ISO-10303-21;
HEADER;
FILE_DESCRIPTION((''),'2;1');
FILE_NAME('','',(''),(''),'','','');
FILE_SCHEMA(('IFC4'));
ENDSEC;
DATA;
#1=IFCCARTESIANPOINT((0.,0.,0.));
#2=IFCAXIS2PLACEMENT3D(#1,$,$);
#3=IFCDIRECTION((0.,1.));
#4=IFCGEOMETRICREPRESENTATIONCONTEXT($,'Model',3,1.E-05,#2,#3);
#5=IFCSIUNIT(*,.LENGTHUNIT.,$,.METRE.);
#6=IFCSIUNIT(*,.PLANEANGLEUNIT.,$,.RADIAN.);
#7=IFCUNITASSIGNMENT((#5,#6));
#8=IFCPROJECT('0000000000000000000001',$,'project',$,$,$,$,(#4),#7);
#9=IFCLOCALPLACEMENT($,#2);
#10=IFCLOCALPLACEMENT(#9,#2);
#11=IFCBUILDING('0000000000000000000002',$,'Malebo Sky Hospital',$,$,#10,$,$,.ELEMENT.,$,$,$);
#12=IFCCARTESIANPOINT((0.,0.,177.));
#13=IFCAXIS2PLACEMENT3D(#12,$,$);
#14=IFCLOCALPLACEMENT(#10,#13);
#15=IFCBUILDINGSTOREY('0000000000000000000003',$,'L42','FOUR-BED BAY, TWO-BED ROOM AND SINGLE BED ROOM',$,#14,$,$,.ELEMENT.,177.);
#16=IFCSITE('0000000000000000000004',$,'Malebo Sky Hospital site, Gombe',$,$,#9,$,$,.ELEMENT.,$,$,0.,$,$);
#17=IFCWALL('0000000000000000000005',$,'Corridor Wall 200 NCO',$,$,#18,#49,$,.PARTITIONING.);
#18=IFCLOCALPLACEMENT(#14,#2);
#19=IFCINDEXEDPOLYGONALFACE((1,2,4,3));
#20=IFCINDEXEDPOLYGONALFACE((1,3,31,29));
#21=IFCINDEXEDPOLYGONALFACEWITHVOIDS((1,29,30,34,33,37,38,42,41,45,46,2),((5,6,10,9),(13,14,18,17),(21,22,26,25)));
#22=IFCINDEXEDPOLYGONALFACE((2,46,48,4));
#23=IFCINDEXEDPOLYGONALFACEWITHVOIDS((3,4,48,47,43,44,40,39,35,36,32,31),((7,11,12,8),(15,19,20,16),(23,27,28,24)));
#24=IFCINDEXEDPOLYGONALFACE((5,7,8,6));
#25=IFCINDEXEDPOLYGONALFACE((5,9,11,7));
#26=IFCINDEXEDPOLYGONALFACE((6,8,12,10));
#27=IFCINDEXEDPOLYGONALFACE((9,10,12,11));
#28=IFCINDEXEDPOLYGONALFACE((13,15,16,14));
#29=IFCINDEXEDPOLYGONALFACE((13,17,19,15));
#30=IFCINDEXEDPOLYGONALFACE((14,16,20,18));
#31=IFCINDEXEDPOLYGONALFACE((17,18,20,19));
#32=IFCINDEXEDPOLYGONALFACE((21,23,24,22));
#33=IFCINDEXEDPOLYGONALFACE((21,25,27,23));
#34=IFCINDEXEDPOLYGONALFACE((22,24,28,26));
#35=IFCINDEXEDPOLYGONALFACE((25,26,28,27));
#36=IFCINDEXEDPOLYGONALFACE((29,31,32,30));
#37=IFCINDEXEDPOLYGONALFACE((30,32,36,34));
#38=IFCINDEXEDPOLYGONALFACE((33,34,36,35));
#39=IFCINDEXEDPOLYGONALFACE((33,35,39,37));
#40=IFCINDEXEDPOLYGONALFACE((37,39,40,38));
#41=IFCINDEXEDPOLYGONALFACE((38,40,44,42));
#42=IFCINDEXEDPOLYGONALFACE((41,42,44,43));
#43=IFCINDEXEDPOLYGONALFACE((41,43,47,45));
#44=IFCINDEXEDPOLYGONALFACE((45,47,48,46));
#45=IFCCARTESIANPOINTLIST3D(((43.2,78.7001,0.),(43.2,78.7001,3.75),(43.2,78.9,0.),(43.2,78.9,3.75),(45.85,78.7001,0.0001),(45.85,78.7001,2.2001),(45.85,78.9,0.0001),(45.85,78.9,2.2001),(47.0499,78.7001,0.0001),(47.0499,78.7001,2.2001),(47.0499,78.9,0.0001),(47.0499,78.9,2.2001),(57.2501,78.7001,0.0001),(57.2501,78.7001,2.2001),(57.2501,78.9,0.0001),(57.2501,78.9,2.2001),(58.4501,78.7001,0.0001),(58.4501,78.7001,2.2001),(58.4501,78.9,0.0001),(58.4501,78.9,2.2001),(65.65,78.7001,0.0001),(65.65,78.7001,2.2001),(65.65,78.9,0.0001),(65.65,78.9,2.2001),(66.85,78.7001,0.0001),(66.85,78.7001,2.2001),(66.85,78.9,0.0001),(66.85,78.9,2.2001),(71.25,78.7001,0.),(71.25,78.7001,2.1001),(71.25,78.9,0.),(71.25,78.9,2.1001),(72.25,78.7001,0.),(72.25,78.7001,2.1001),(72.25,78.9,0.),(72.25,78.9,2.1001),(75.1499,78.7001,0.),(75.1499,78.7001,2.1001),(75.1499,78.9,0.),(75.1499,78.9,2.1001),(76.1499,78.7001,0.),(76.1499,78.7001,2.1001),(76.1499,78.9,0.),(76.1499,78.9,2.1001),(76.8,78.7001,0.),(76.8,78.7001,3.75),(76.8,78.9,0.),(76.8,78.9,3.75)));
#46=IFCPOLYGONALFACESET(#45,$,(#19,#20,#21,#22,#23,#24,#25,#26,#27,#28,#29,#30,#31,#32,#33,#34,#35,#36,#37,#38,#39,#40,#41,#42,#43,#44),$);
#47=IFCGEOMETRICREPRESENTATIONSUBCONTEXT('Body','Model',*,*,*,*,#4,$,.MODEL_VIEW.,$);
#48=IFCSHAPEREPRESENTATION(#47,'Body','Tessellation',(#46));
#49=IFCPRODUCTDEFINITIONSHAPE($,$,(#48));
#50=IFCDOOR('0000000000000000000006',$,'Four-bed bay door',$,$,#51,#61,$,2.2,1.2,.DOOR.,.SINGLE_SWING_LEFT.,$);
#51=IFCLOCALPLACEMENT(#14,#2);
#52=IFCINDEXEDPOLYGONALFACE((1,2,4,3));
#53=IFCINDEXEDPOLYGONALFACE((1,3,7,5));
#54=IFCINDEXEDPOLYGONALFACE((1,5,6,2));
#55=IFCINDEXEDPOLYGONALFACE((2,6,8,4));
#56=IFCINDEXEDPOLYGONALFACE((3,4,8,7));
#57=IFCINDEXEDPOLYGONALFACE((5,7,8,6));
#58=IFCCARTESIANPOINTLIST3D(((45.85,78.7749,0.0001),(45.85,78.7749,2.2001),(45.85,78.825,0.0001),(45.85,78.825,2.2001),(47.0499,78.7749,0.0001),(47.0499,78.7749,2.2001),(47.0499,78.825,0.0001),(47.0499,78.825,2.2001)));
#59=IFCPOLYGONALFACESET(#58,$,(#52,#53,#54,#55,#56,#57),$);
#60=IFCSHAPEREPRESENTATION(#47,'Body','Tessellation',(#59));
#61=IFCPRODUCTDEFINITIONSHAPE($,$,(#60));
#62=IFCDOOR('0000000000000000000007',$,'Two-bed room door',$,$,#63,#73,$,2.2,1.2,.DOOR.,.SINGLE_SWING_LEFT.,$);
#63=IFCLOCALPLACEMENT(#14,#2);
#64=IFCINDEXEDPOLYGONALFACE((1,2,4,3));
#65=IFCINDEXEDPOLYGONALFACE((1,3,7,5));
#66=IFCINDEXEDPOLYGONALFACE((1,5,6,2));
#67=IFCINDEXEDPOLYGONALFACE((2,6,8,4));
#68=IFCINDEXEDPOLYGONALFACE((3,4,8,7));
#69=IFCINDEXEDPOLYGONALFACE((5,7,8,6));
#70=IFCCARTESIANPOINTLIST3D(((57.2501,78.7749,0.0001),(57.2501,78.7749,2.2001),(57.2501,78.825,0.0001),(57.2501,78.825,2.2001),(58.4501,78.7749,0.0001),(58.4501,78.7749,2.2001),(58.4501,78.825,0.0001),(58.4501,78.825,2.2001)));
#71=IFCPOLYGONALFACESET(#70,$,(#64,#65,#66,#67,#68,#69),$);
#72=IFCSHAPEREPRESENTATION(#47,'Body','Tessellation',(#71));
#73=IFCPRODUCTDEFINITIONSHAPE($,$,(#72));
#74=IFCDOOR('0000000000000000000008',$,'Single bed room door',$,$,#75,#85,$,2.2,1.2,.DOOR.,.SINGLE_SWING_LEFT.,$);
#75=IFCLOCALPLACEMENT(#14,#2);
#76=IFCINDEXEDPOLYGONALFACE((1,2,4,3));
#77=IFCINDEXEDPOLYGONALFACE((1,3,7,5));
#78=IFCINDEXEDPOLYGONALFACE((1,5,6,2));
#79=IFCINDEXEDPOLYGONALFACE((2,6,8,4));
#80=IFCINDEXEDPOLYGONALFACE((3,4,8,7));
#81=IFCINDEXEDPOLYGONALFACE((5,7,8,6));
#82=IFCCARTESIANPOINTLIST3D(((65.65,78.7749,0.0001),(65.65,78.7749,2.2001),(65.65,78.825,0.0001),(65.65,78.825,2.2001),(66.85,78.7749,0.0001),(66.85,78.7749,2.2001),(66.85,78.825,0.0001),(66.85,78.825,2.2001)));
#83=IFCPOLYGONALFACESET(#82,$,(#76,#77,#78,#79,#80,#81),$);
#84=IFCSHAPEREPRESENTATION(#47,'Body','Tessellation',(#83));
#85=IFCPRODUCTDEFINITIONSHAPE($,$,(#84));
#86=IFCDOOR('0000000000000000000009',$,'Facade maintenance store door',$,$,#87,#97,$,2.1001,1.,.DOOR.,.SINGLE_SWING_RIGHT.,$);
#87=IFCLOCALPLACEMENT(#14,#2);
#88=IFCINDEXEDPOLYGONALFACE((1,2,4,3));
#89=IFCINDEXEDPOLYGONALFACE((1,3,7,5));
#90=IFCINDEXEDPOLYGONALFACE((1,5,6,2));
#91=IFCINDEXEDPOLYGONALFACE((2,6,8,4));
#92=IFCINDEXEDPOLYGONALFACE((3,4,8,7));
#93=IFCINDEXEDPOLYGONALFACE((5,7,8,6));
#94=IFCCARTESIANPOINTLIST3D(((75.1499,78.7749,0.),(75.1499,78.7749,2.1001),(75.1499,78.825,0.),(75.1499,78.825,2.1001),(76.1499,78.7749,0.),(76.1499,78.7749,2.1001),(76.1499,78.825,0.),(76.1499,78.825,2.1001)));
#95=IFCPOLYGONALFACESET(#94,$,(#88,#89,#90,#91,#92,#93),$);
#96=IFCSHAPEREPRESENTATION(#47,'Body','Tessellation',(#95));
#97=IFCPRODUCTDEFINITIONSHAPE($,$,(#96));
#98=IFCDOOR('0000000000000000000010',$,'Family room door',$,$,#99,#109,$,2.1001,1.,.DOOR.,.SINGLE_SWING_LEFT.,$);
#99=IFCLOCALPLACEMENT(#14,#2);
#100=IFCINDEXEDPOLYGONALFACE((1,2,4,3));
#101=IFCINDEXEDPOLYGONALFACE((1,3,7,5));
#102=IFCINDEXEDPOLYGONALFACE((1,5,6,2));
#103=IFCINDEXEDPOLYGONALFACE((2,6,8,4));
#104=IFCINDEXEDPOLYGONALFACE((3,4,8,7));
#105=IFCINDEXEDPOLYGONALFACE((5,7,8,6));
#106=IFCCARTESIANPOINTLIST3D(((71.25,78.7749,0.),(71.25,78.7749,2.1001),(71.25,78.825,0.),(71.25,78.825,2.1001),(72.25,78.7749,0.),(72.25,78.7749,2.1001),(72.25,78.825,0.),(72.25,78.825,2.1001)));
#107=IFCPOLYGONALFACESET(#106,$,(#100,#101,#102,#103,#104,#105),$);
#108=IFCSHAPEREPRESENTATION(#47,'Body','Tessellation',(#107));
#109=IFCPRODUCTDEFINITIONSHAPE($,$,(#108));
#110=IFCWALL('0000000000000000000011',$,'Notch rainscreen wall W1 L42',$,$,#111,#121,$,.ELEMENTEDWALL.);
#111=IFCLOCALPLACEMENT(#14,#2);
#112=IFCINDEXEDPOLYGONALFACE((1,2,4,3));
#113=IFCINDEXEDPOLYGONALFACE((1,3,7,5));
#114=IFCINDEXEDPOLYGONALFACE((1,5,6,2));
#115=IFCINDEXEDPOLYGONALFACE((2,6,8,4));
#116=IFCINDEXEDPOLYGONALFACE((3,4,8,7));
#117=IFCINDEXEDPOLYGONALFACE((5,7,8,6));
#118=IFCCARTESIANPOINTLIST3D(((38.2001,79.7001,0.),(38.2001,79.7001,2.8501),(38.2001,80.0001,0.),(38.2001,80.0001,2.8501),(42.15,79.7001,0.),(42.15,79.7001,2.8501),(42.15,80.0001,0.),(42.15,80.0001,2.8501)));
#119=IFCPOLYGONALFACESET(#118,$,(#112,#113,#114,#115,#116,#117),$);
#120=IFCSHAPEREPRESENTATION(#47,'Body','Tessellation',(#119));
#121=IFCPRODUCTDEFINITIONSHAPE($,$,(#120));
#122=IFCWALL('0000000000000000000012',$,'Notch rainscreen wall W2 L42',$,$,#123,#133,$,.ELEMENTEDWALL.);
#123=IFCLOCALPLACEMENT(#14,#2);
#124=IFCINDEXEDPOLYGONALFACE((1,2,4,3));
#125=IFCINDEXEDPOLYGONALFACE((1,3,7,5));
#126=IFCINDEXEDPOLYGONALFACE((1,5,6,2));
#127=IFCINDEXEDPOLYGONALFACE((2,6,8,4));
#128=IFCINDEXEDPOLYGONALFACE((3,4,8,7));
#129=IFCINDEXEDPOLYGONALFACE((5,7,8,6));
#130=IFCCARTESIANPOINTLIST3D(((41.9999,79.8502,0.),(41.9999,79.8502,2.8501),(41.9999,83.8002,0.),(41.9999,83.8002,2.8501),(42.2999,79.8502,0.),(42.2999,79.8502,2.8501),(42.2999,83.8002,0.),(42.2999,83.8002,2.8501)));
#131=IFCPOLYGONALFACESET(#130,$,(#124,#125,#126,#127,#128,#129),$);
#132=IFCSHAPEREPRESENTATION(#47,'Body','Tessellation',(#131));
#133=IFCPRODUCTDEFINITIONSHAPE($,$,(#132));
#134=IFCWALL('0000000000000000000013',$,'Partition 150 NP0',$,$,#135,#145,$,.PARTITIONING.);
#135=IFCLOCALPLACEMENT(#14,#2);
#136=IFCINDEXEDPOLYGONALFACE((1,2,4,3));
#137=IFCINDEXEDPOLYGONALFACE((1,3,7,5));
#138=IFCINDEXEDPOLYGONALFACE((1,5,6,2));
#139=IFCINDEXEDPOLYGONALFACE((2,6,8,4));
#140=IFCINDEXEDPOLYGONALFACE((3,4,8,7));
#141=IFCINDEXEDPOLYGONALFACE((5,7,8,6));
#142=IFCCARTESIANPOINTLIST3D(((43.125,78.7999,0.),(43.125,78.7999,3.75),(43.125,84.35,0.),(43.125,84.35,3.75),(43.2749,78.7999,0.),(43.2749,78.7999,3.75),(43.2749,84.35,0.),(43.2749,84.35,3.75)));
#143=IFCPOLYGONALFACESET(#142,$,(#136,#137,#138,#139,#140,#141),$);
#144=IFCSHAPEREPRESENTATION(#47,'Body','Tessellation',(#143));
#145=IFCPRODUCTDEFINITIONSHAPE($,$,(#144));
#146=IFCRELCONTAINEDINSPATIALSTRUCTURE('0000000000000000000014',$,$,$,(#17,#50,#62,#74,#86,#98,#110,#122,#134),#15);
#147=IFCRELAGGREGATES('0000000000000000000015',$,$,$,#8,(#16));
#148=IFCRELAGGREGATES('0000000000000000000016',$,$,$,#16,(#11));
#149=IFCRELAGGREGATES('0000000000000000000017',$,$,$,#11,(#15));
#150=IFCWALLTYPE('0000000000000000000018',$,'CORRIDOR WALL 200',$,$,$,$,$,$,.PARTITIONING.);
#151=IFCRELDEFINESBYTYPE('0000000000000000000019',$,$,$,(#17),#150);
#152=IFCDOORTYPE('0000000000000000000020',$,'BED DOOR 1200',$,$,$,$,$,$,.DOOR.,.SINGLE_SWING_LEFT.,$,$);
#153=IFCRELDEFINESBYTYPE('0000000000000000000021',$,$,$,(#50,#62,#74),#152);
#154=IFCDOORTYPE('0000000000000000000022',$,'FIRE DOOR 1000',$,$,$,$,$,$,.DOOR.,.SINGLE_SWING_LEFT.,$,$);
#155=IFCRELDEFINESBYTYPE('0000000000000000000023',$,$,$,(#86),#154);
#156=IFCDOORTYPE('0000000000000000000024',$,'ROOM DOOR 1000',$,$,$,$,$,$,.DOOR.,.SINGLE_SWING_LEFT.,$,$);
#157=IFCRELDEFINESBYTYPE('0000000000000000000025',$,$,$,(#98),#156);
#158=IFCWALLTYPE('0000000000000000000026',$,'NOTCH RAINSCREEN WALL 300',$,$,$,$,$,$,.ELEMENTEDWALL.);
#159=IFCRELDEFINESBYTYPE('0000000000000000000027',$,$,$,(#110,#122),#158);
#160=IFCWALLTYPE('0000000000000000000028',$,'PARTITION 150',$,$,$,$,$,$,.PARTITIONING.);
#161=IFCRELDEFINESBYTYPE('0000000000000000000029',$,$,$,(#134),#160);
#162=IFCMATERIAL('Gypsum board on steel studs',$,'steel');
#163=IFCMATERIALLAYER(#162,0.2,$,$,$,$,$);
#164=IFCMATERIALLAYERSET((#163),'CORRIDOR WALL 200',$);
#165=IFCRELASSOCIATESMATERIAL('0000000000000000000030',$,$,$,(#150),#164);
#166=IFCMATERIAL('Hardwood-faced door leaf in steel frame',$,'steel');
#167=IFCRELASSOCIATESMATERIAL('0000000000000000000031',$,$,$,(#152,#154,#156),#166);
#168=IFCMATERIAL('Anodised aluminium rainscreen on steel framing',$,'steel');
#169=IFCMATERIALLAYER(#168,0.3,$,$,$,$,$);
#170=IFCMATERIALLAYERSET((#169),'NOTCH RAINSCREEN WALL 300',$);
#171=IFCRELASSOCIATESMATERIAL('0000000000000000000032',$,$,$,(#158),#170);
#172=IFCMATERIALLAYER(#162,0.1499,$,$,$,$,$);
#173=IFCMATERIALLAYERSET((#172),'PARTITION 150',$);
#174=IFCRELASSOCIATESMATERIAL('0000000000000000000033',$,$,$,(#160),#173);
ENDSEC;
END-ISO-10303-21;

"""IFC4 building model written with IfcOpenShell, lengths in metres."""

from ifc_helpers import new_model, si_unit, direction, frame, frame_2d, origin, place, context, subcontext, project, spatial, rectangle, extrude, material, layer, layer_set, type_object, element, fill, save


model = new_model("IFC4")

# Units and contexts
model_context = context("Model", 3, precision=1e-05, world=origin(), true_north=direction((0.0, 1.0)))
body_context = subcontext(model_context, "Body", "Model", "MODEL_VIEW")
ifc_project = project(units=[si_unit("LENGTHUNIT", "METRE"), si_unit("PLANEANGLEUNIT", "RADIAN")], contexts=[model_context])

# Site, building, storey
site_placement = place(None, origin())
site = spatial("IfcSite", under=ifc_project, at=site_placement, Name="Malebo Sky Hospital site, Gombe", CompositionType="ELEMENT", RefElevation=0.0)
building_placement = place(site_placement, origin())
building = spatial("IfcBuilding", under=site, at=building_placement, Name="Malebo Sky Hospital", CompositionType="ELEMENT")
storey_placement = place(building_placement, frame((0.0, 0.0, 177.0)))
storey = spatial("IfcBuildingStorey", under=building, at=storey_placement, Name="L42", Description="FOUR-BED BAY, TWO-BED ROOM AND SINGLE BED ROOM", CompositionType="ELEMENT", Elevation=177.0)

# Wall, openings, doors
ifc_material_1 = material(Name="Gypsum board on steel studs", Category="steel")
ifc_layer_1 = layer(ifc_material_1, 0.2)
ifc_layer_set_1 = layer_set([ifc_layer_1], Name="CORRIDOR WALL 200")
wall_type_1 = type_object("IfcWallType", Name="CORRIDOR WALL 200", PredefinedType="PARTITIONING", material=ifc_layer_set_1)
wall_1_placement = place(storey_placement, frame((43.2, 78.8, 0.0), z_axis=(0.0, 0.0, 1.0), x_axis=(1.0, 0.0, 0.0)))
wall_1 = element("IfcWall", 1, at=wall_1_placement, inside=storey, type_object=wall_type_1, Name="Corridor Wall 200 NCO", PredefinedType="PARTITIONING", context=body_context, shape_type="SweptSolid", body=[
    extrude(rectangle(XDim=33.6001, YDim=0.2, at=frame_2d((16.8, 0.0))), origin(), (0.0, 0.0, 1.0), 3.75),
])
opening_1_placement = place(wall_1_placement, frame((2.6499, 0.0, 0.0)))
opening_1 = element("IfcOpeningElement", 2, at=opening_1_placement, cuts=wall_1, PredefinedType="OPENING", context=body_context, shape_type="SweptSolid", body=[
    extrude(rectangle(XDim=1.2, YDim=2.2, at=frame_2d((0.6001, 1.1001))), frame((0.0, 0.1099, 0.0), z_axis=(0.0, -1.0, 0.0), x_axis=(1.0, 0.0, 0.0)), (0.0, 0.0, 1.0), 0.22),
])
opening_2_placement = place(wall_1_placement, frame((14.05, 0.0, 0.0)))
opening_2 = element("IfcOpeningElement", 3, at=opening_2_placement, cuts=wall_1, PredefinedType="OPENING", context=body_context, shape_type="SweptSolid", body=[
    extrude(rectangle(XDim=1.2, YDim=2.2, at=frame_2d((0.6001, 1.1001))), frame((0.0, 0.1099, 0.0), z_axis=(0.0, -1.0, 0.0), x_axis=(1.0, 0.0, 0.0)), (0.0, 0.0, 1.0), 0.22),
])
opening_3_placement = place(wall_1_placement, frame((22.45, 0.0, 0.0)))
opening_3 = element("IfcOpeningElement", 4, at=opening_3_placement, cuts=wall_1, PredefinedType="OPENING", context=body_context, shape_type="SweptSolid", body=[
    extrude(rectangle(XDim=1.2, YDim=2.2, at=frame_2d((0.6001, 1.1001))), frame((0.0, 0.1099, 0.0), z_axis=(0.0, -1.0, 0.0), x_axis=(1.0, 0.0, 0.0)), (0.0, 0.0, 1.0), 0.22),
])
opening_4_placement = place(wall_1_placement, frame((28.05, 0.0, 0.0)))
opening_4 = element("IfcOpeningElement", 5, at=opening_4_placement, cuts=wall_1, PredefinedType="OPENING", context=body_context, shape_type="SweptSolid", body=[
    extrude(rectangle(XDim=1.0, YDim=2.1001, at=frame_2d((0.5, 1.05))), frame((0.0, 0.1099, 0.0), z_axis=(0.0, -1.0, 0.0), x_axis=(1.0, 0.0, 0.0)), (0.0, 0.0, 1.0), 0.22),
])
opening_5_placement = place(wall_1_placement, frame((31.95, 0.0, 0.0)))
opening_5 = element("IfcOpeningElement", 6, at=opening_5_placement, cuts=wall_1, PredefinedType="OPENING", context=body_context, shape_type="SweptSolid", body=[
    extrude(rectangle(XDim=1.0, YDim=2.1001, at=frame_2d((0.5, 1.05))), frame((0.0, 0.1099, 0.0), z_axis=(0.0, -1.0, 0.0), x_axis=(1.0, 0.0, 0.0)), (0.0, 0.0, 1.0), 0.22),
])
ifc_material_2 = material(Name="Hardwood-faced door leaf in steel frame", Category="steel")
door_type_1 = type_object("IfcDoorType", Name="BED DOOR 1200", OperationType="SINGLE_SWING_LEFT", PredefinedType="DOOR", material=ifc_material_2)
door_1_placement = place(opening_1_placement, origin())
door_1 = element("IfcDoor", 7, at=door_1_placement, inside=storey, type_object=door_type_1, Name="Four-bed bay door", OperationType="SINGLE_SWING_LEFT", OverallHeight=2.2, OverallWidth=1.2, PredefinedType="DOOR", context=body_context, shape_type="SweptSolid", body=[
    extrude(rectangle(XDim=1.2, YDim=2.2, at=frame_2d((0.6001, 1.1001))), frame((0.0, 0.0249, 0.0), z_axis=(0.0, -1.0, 0.0), x_axis=(1.0, 0.0, 0.0)), (0.0, 0.0, 1.0), 0.05),
])
fill(opening_1, door_1)
door_2_placement = place(opening_2_placement, origin())
door_2 = element("IfcDoor", 8, at=door_2_placement, inside=storey, type_object=door_type_1, Name="Two-bed room door", OperationType="SINGLE_SWING_LEFT", OverallHeight=2.2, OverallWidth=1.2, PredefinedType="DOOR", context=body_context, shape_type="SweptSolid", body=[
    extrude(rectangle(XDim=1.2, YDim=2.2, at=frame_2d((0.6001, 1.1001))), frame((0.0, 0.0249, 0.0), z_axis=(0.0, -1.0, 0.0), x_axis=(1.0, 0.0, 0.0)), (0.0, 0.0, 1.0), 0.05),
])
fill(opening_2, door_2)
door_3_placement = place(opening_3_placement, origin())
door_3 = element("IfcDoor", 9, at=door_3_placement, inside=storey, type_object=door_type_1, Name="Single bed room door", OperationType="SINGLE_SWING_LEFT", OverallHeight=2.2, OverallWidth=1.2, PredefinedType="DOOR", context=body_context, shape_type="SweptSolid", body=[
    extrude(rectangle(XDim=1.2, YDim=2.2, at=frame_2d((0.6001, 1.1001))), frame((0.0, 0.0249, 0.0), z_axis=(0.0, -1.0, 0.0), x_axis=(1.0, 0.0, 0.0)), (0.0, 0.0, 1.0), 0.05),
])
fill(opening_3, door_3)
door_type_2 = type_object("IfcDoorType", Name="FIRE DOOR 1000", OperationType="SINGLE_SWING_LEFT", PredefinedType="DOOR", material=ifc_material_2)
door_4_placement = place(opening_5_placement, origin())
door_4 = element("IfcDoor", 10, at=door_4_placement, inside=storey, type_object=door_type_2, Name="Facade maintenance store door", OperationType="SINGLE_SWING_RIGHT", OverallHeight=2.1001, OverallWidth=1.0, PredefinedType="DOOR", context=body_context, shape_type="SweptSolid", body=[
    extrude(rectangle(XDim=1.0, YDim=2.1001, at=frame_2d((0.5, 1.05))), frame((0.0, 0.0249, 0.0), z_axis=(0.0, -1.0, 0.0), x_axis=(1.0, 0.0, 0.0)), (0.0, 0.0, 1.0), 0.05),
])
fill(opening_5, door_4)
door_type_3 = type_object("IfcDoorType", Name="ROOM DOOR 1000", OperationType="SINGLE_SWING_LEFT", PredefinedType="DOOR", material=ifc_material_2)
door_5_placement = place(opening_4_placement, origin())
door_5 = element("IfcDoor", 11, at=door_5_placement, inside=storey, type_object=door_type_3, Name="Family room door", OperationType="SINGLE_SWING_LEFT", OverallHeight=2.1001, OverallWidth=1.0, PredefinedType="DOOR", context=body_context, shape_type="SweptSolid", body=[
    extrude(rectangle(XDim=1.0, YDim=2.1001, at=frame_2d((0.5, 1.05))), frame((0.0, 0.0249, 0.0), z_axis=(0.0, -1.0, 0.0), x_axis=(1.0, 0.0, 0.0)), (0.0, 0.0, 1.0), 0.05),
])
fill(opening_4, door_5)

# Walls
ifc_material_3 = material(Name="Anodised aluminium rainscreen on steel framing", Category="steel")
ifc_layer_2 = layer(ifc_material_3, 0.3)
ifc_layer_set_2 = layer_set([ifc_layer_2], Name="NOTCH RAINSCREEN WALL 300")
wall_type_2 = type_object("IfcWallType", Name="NOTCH RAINSCREEN WALL 300", PredefinedType="ELEMENTEDWALL", material=ifc_layer_set_2)
for number, where, z_axis, x_axis, name in (
    (12, (38.2, 79.8501, 0.0), (0.0, 0.0, 1.0), (1.0, 0.0, 0.0), "Notch rainscreen wall W1 L42"),
    (13, (42.1499, 79.8501, 0.0), (0.0, 0.0, 1.0), (0.0, 1.0, 0.0), "Notch rainscreen wall W2 L42"),
):
    element("IfcWall", number, at=place(storey_placement, frame(where, z_axis=z_axis, x_axis=x_axis)), inside=storey, type_object=wall_type_2, Name=name, PredefinedType="ELEMENTEDWALL", context=body_context, shape_type="SweptSolid", body=[
        extrude(rectangle(XDim=3.95, YDim=0.3, at=frame_2d((1.9751, 0.0))), origin(), (0.0, 0.0, 1.0), 2.8501),
    ])
ifc_layer_3 = layer(ifc_material_1, 0.1499)
ifc_layer_set_3 = layer_set([ifc_layer_3], Name="PARTITION 150")
wall_type_3 = type_object("IfcWallType", Name="PARTITION 150", PredefinedType="PARTITIONING", material=ifc_layer_set_3)
wall_2_placement = place(storey_placement, frame((43.2, 78.8, 0.0), z_axis=(0.0, 0.0, 1.0), x_axis=(0.0, 1.0, 0.0)))
element("IfcWall", 14, at=wall_2_placement, inside=storey, type_object=wall_type_3, Name="Partition 150 NP0", PredefinedType="PARTITIONING", context=body_context, shape_type="SweptSolid", body=[
    extrude(rectangle(XDim=5.55, YDim=0.1499, at=frame_2d((2.7749, 0.0))), origin(), (0.0, 0.0, 1.0), 3.75),
])

save(model, "model.ifc")
